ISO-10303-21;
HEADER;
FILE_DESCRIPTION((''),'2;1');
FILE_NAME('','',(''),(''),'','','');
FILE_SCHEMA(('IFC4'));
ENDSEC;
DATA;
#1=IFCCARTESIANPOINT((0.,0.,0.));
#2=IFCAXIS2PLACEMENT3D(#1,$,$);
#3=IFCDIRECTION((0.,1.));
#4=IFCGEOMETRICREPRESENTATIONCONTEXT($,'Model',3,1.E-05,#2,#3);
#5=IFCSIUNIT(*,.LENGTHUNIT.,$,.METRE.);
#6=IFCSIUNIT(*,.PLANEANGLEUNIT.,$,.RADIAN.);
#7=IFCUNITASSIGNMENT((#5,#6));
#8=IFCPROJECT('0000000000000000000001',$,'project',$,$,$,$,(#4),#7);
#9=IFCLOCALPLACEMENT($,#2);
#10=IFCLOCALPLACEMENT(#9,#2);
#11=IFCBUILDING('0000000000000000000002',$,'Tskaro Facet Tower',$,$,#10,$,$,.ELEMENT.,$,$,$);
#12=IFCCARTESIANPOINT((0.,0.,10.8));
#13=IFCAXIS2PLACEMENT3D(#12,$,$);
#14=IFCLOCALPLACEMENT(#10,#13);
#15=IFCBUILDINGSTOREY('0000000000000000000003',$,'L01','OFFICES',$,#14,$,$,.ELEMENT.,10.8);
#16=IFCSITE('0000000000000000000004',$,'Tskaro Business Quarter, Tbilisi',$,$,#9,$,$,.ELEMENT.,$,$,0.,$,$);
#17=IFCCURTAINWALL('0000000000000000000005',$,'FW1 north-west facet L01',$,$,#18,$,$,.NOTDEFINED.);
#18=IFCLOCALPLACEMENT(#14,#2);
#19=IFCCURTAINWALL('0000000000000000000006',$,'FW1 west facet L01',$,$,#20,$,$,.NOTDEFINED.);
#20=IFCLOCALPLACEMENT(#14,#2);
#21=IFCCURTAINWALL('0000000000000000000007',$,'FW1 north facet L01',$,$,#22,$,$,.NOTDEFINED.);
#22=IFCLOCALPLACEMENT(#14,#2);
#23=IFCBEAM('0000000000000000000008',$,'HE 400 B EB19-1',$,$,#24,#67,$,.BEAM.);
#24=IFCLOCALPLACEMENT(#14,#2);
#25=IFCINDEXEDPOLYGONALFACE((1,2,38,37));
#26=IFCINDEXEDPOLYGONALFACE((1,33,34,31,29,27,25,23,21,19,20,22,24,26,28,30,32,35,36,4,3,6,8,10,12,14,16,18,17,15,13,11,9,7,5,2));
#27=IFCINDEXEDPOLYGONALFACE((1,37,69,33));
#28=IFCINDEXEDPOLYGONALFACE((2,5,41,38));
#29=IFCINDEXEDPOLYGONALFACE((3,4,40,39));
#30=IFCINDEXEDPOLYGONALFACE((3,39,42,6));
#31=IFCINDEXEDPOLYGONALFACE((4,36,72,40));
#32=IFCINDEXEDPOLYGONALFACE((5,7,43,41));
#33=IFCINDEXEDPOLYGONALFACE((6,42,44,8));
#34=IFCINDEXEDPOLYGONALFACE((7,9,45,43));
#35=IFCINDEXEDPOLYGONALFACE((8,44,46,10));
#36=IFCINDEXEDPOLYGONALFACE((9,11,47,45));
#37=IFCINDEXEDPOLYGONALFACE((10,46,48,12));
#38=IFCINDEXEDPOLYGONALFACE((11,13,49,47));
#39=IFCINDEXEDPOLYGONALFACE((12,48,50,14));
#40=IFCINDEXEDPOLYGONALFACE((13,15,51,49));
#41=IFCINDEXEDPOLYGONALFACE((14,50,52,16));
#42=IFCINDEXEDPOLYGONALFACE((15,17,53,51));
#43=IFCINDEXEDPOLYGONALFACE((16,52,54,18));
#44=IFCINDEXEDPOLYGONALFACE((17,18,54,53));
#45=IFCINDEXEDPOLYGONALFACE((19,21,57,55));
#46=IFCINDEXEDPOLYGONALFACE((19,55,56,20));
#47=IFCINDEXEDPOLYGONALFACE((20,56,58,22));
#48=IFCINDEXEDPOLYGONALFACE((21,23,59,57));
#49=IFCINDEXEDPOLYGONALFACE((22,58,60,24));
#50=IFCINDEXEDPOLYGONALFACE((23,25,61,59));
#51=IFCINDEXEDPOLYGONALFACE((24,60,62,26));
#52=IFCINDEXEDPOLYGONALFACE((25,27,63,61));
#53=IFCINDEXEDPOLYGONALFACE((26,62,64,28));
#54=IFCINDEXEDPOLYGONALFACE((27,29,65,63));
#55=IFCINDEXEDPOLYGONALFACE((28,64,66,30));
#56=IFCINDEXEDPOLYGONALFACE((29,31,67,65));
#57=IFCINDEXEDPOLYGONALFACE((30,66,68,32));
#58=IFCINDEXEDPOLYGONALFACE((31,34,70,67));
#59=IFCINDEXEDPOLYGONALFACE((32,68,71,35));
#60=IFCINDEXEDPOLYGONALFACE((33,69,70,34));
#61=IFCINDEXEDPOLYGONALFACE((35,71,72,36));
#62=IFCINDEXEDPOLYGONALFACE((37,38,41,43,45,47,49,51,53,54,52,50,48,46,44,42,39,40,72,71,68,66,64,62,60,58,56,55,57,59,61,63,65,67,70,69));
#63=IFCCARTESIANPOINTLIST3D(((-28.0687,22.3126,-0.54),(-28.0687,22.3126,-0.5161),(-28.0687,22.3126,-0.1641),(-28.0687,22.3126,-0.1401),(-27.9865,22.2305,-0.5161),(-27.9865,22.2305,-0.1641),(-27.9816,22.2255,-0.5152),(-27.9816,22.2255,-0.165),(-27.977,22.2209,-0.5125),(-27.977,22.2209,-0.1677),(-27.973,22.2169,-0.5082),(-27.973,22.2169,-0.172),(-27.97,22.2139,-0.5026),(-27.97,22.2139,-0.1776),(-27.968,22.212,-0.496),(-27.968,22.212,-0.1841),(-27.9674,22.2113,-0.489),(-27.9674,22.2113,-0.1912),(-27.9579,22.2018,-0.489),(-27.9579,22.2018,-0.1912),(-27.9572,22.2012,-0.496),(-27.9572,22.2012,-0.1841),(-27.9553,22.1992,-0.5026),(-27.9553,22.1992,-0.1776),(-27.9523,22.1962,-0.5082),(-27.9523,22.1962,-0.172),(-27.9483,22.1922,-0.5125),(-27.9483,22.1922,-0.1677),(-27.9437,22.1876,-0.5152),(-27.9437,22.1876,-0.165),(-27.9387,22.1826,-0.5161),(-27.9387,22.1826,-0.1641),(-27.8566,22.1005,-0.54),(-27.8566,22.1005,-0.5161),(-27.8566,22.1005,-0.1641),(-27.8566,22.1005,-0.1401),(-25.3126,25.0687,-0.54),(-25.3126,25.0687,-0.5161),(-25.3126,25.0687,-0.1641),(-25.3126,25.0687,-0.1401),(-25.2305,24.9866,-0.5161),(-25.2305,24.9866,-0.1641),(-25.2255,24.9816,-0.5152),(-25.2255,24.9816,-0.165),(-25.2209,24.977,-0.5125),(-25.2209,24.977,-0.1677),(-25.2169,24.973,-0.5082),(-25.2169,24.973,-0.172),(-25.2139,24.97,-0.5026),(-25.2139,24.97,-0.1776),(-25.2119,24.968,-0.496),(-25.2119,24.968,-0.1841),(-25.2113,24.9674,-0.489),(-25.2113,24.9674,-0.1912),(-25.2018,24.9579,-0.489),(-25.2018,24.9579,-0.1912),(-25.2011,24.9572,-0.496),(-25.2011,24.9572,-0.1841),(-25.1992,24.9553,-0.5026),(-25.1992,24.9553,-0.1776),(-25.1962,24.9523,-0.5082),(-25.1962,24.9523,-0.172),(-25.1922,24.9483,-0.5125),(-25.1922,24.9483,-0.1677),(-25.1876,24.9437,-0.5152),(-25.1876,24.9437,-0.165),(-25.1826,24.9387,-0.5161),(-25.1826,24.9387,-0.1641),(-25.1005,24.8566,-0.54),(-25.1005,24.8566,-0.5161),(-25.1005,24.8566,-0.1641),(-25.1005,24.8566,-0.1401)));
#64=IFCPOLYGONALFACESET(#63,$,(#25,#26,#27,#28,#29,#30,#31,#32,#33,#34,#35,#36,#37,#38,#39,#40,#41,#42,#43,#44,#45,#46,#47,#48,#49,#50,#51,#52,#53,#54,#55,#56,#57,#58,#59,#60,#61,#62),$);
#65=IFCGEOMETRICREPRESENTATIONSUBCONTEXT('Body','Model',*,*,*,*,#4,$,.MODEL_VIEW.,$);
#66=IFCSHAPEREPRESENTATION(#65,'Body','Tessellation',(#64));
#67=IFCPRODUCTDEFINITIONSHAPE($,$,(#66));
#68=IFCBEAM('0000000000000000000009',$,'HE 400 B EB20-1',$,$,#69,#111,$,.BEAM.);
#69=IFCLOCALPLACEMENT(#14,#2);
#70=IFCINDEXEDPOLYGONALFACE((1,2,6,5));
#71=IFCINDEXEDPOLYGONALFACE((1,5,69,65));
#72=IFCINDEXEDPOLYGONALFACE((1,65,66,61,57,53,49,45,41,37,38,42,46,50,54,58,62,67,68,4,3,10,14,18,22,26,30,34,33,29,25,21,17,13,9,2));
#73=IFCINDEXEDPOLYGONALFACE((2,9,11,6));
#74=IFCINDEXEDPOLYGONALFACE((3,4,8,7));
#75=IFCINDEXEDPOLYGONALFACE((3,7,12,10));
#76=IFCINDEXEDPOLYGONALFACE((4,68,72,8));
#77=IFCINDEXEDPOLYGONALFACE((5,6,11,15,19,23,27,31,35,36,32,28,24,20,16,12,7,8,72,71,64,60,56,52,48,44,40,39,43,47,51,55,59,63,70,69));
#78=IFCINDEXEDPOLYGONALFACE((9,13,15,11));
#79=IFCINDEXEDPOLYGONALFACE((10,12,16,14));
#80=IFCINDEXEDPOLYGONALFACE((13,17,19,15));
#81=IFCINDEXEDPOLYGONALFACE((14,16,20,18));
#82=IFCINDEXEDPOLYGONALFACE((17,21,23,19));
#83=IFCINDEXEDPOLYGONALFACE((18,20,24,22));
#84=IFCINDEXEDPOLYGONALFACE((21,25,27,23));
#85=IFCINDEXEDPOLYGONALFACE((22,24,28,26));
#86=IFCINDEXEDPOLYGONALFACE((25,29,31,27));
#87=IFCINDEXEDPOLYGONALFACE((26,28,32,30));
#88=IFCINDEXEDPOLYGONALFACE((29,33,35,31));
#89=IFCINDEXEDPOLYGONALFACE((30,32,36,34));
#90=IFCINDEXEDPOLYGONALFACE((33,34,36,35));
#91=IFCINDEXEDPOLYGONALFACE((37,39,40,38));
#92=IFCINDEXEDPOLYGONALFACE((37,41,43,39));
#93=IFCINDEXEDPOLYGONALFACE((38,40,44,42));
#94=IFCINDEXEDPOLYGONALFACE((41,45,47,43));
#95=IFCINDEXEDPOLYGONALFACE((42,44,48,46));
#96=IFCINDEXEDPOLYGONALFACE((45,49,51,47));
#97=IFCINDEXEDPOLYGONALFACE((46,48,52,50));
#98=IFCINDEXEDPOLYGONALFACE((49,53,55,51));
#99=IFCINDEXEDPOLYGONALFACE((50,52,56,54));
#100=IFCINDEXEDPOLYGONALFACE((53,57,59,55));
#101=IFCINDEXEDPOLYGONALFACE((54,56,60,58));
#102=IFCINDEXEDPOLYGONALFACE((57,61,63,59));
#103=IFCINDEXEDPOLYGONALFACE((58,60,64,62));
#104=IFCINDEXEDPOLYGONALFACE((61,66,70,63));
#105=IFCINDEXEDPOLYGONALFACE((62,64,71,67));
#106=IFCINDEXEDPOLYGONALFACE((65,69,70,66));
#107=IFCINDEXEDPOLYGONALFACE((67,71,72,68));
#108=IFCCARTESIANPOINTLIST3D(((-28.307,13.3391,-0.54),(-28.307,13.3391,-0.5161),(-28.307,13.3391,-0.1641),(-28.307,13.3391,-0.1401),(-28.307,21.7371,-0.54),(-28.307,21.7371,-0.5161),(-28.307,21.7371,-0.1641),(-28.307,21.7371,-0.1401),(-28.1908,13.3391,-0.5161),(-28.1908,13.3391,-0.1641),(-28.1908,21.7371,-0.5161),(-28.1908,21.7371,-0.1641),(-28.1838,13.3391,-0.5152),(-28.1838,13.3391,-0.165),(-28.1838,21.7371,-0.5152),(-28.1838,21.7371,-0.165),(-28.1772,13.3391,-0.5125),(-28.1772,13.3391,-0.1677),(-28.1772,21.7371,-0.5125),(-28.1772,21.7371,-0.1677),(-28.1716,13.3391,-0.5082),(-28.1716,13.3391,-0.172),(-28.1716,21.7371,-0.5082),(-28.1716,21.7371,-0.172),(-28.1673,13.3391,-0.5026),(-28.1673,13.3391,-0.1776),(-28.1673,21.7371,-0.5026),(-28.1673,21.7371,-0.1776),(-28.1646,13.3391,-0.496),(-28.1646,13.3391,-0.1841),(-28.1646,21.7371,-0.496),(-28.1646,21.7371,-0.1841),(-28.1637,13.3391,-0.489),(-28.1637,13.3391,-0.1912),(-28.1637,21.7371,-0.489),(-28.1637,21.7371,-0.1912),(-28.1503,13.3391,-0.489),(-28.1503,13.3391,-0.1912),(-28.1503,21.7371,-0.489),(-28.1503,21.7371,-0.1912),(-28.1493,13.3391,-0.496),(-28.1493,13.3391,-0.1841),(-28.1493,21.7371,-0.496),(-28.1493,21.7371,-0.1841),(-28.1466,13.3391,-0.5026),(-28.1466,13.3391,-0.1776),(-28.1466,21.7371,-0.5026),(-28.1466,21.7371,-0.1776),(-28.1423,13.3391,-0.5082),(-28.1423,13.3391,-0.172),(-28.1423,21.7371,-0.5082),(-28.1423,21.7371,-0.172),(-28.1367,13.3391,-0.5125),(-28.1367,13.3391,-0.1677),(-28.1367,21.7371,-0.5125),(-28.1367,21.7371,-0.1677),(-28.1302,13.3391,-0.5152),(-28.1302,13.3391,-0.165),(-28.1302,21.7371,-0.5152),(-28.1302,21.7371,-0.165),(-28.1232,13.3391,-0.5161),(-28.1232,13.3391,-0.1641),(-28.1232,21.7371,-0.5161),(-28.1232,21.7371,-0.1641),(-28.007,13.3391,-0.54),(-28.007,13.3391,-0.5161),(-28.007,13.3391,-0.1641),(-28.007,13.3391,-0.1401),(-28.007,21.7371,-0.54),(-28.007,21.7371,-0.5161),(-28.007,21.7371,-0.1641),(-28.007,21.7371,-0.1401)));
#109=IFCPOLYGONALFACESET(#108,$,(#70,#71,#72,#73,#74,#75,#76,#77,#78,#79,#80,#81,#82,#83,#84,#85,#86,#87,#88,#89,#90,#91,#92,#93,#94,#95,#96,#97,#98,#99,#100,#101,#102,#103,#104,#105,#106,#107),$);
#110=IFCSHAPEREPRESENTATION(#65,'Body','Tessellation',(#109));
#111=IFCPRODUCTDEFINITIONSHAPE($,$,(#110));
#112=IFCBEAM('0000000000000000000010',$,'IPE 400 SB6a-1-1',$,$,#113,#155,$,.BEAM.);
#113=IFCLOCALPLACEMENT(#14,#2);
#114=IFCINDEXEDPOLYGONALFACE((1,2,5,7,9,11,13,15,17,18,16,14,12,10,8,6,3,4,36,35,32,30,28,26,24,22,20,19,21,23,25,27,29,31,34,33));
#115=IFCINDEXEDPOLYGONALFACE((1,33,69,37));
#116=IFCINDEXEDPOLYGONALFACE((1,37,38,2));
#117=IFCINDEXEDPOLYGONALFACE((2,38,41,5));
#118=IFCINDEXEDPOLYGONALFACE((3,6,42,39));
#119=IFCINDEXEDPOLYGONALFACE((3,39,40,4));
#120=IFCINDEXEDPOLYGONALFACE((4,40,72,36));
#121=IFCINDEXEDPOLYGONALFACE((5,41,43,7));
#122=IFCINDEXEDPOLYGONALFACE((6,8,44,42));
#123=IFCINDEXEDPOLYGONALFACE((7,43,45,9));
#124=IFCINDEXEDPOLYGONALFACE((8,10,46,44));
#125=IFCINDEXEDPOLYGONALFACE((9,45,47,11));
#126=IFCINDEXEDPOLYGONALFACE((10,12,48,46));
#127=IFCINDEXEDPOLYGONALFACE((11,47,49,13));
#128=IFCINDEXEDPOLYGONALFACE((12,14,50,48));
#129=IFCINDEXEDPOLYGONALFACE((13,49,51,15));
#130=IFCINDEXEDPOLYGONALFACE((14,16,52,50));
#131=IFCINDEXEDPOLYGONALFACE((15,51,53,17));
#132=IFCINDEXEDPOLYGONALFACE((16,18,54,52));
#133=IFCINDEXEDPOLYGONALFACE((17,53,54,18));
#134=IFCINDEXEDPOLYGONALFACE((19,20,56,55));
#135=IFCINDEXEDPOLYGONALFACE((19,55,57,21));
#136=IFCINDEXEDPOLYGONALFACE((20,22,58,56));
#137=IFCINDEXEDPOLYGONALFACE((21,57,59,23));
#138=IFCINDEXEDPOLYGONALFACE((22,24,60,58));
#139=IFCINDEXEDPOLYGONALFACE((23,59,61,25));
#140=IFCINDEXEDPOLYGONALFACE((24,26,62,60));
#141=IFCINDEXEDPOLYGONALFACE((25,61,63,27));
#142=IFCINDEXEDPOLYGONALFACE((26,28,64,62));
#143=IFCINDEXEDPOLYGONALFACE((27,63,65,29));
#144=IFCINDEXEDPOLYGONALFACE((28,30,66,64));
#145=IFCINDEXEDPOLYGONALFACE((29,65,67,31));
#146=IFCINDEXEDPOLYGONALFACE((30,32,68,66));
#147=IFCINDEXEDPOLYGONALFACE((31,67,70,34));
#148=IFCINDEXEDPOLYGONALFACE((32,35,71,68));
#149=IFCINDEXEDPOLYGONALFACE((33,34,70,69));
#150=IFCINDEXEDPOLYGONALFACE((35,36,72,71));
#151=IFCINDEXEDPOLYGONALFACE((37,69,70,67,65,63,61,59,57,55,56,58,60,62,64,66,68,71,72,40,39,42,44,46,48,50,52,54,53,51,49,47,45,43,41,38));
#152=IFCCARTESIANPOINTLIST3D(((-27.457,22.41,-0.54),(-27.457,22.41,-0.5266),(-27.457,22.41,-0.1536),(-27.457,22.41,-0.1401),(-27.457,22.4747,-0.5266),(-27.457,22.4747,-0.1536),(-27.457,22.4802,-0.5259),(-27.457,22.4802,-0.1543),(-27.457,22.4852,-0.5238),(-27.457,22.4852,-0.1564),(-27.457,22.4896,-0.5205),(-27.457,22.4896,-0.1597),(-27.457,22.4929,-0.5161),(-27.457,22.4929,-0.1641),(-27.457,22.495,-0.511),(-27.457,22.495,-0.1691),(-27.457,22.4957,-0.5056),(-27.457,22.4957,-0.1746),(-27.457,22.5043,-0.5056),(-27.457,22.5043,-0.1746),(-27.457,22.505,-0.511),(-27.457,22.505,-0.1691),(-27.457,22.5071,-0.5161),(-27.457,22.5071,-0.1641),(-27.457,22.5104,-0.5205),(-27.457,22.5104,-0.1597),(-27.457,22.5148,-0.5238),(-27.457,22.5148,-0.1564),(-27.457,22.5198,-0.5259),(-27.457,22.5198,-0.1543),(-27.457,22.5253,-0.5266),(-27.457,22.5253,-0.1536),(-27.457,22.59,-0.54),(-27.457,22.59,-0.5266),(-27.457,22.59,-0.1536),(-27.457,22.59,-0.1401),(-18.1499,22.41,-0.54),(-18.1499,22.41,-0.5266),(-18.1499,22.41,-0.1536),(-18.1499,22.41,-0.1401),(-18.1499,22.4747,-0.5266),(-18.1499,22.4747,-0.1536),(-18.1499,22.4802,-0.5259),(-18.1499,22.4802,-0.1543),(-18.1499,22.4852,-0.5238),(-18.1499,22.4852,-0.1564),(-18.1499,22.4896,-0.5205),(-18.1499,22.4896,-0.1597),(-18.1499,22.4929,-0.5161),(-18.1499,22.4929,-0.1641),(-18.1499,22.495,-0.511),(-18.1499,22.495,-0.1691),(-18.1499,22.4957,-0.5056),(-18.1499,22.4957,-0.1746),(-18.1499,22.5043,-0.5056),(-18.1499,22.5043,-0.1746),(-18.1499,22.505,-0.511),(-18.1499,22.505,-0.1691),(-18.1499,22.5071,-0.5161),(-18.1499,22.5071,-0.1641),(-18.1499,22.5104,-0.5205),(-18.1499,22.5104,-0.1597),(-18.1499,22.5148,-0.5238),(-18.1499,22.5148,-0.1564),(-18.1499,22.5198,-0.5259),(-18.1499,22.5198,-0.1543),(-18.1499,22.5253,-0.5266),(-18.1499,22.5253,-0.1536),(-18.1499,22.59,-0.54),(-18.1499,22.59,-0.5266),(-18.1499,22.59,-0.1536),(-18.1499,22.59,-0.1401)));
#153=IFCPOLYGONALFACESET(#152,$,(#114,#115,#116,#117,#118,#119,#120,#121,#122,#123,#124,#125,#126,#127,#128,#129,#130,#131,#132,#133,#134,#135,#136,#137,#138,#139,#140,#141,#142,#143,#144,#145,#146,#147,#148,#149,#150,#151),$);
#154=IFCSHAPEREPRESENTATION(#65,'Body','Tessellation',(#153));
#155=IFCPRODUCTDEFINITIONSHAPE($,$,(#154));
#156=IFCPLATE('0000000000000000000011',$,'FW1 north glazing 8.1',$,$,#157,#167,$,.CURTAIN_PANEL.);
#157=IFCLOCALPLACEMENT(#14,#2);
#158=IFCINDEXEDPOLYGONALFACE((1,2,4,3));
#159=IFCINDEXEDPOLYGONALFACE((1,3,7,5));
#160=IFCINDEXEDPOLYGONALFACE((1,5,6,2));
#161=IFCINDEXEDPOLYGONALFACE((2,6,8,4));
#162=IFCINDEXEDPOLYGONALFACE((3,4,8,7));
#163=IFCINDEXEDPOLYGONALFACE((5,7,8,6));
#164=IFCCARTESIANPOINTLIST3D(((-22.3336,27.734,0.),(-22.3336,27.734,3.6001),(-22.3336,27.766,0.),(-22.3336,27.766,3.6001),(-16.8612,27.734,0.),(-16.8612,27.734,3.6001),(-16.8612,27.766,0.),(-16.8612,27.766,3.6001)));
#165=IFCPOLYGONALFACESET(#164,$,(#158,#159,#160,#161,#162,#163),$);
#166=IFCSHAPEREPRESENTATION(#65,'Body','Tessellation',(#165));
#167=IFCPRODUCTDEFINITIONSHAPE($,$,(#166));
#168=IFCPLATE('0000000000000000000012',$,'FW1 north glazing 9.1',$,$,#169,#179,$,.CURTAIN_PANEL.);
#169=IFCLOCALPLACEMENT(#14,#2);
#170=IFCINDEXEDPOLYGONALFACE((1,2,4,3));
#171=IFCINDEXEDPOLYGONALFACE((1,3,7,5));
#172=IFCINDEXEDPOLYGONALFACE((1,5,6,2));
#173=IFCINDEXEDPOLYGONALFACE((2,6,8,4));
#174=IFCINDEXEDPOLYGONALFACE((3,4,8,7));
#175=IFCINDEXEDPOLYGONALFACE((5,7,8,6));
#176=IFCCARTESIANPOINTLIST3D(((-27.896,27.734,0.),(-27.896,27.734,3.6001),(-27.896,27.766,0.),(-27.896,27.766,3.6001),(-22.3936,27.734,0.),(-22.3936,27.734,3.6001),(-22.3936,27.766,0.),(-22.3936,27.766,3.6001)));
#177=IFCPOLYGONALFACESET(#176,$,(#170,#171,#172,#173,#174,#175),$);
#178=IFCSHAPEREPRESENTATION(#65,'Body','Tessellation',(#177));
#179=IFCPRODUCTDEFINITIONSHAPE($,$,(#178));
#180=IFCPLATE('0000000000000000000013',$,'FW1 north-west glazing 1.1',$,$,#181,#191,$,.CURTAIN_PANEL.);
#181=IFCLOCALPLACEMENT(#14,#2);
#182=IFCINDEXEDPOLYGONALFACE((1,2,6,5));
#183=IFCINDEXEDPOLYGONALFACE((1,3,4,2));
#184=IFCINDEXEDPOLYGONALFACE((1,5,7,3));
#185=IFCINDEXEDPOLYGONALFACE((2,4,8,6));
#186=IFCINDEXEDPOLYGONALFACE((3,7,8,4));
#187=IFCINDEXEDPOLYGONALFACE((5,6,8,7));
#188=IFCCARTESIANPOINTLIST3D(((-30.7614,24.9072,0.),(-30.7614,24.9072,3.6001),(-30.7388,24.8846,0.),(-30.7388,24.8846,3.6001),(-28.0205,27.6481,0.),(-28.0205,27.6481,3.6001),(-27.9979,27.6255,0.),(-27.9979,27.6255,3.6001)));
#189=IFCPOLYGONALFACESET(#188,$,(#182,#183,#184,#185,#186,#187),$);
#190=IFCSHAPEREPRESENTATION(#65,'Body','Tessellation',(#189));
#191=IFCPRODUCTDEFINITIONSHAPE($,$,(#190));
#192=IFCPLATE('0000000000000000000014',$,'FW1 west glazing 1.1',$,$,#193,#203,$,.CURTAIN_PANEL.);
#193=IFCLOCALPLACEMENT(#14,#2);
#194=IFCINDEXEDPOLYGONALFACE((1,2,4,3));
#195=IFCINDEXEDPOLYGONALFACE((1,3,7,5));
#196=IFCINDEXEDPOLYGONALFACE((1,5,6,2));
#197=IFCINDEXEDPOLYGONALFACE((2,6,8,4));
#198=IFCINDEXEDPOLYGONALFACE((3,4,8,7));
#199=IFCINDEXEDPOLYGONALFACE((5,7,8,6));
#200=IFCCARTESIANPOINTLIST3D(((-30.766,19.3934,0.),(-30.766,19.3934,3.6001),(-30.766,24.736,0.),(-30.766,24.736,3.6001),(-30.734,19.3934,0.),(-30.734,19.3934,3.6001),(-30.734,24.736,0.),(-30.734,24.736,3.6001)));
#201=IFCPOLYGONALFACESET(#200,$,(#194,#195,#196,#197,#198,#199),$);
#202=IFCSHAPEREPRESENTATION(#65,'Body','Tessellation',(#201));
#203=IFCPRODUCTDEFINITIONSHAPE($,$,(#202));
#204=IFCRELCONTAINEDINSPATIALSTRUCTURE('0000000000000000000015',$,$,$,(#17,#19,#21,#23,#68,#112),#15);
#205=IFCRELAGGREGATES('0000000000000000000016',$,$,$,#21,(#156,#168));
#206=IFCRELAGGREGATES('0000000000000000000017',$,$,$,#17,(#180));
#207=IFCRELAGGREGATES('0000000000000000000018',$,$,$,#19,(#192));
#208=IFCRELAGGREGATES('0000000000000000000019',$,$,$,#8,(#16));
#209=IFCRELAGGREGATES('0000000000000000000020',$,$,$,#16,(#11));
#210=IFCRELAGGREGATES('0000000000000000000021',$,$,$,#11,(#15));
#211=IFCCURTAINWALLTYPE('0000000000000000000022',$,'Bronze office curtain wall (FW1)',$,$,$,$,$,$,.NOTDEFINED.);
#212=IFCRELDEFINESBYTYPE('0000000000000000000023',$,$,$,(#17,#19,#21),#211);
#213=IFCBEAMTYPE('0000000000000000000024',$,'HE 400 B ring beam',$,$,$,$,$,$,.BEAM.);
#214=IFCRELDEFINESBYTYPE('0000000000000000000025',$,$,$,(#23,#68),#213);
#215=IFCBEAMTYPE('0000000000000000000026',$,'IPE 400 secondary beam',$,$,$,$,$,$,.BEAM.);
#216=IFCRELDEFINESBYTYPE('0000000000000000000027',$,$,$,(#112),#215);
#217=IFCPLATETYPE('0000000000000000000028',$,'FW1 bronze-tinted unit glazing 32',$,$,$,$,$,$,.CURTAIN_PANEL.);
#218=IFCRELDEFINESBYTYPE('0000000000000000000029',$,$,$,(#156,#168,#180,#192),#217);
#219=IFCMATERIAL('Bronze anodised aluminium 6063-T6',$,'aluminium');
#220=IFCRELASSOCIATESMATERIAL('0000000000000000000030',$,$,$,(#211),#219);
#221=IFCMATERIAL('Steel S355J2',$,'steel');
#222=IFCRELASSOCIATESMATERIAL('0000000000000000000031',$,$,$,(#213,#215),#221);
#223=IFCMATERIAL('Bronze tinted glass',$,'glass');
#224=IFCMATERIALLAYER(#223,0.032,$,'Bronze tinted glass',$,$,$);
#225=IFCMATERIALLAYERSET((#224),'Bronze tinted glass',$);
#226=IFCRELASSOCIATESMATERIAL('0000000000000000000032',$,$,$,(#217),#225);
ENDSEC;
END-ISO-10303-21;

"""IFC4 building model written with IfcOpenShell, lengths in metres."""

from ifc_helpers import new_model, si_unit, direction, frame, origin, origin_2d, place, context, subcontext, project, spatial, rectangle, i_section, extrude, material, layer, layer_set, material_profile, profile_set, type_object, element, aggregate, save


model = new_model("IFC4")

# Units and contexts
model_context = context("Model", 3, precision=1e-05, world=origin(), true_north=direction((0.0, 1.0)))
body_context = subcontext(model_context, "Body", "Model", "MODEL_VIEW")
ifc_project = project(units=[si_unit("LENGTHUNIT", "METRE"), si_unit("PLANEANGLEUNIT", "RADIAN")], contexts=[model_context])

# Site, building, storey
site_placement = place(None, origin())
site = spatial("IfcSite", under=ifc_project, at=site_placement, Name="Tskaro Business Quarter, Tbilisi", CompositionType="ELEMENT", RefElevation=0.0)
building_placement = place(site_placement, origin())
building = spatial("IfcBuilding", under=site, at=building_placement, Name="Tskaro Facet Tower", CompositionType="ELEMENT")
storey_placement = place(building_placement, frame((0.0, 0.0, 10.8)))
storey = spatial("IfcBuildingStorey", under=building, at=storey_placement, Name="L01", Description="OFFICES", CompositionType="ELEMENT", Elevation=10.8)

# Curtain walls
ifc_material_1 = material(Name="Bronze anodised aluminium 6063-T6", Category="aluminium")
curtain_wall_type = type_object("IfcCurtainWallType", Name="Bronze office curtain wall (FW1)", PredefinedType="NOTDEFINED", material=ifc_material_1)
curtain_wall_1_placement = place(storey_placement, origin())
curtain_wall_1 = element("IfcCurtainWall", 1, at=curtain_wall_1_placement, inside=storey, type_object=curtain_wall_type, Name="FW1 north-west facet L01", PredefinedType="NOTDEFINED")
curtain_wall_2_placement = place(storey_placement, origin())
curtain_wall_2 = element("IfcCurtainWall", 2, at=curtain_wall_2_placement, inside=storey, type_object=curtain_wall_type, Name="FW1 west facet L01", PredefinedType="NOTDEFINED")
curtain_wall_3_placement = place(storey_placement, origin())
curtain_wall_3 = element("IfcCurtainWall", 3, at=curtain_wall_3_placement, inside=storey, type_object=curtain_wall_type, Name="FW1 north facet L01", PredefinedType="NOTDEFINED")

# Beams
ifc_material_2 = material(Name="Steel S355J2", Category="steel")
ifc_material_profile_1 = material_profile(ifc_material_2, i_section(OverallWidth=0.3, OverallDepth=0.3999, WebThickness=0.0134, FlangeThickness=0.0239, FilletRadius=0.0271, at=origin_2d()), Name="HE 400 B")
ifc_profile_set_1 = profile_set([ifc_material_profile_1], Name="Steel S355J2")
beam_type_1 = type_object("IfcBeamType", Name="HE 400 B ring beam", PredefinedType="BEAM", material=ifc_profile_set_1)
beam_1_placement = place(storey_placement, frame((-25.2065, 24.9626, -0.3401), z_axis=(-0.707107, -0.707107, 0.0), x_axis=(0.707107, -0.707107, 0.0)))
element("IfcBeam", 4, at=beam_1_placement, inside=storey, type_object=beam_type_1, Name="HE 400 B EB19-1", PredefinedType="BEAM", context=body_context, shape_type="SweptSolid", body=[
    extrude(i_section(OverallWidth=0.3, OverallDepth=0.3999, WebThickness=0.0134, FlangeThickness=0.0239, FilletRadius=0.0271, at=origin_2d()), origin(), (0.0, 0.0, 1.0), 3.8977),
])
beam_2_placement = place(storey_placement, frame((-28.157, 21.7371, -0.3401), z_axis=(0.0, -1.0, 0.0), x_axis=(1.0, 0.0, 0.0)))
element("IfcBeam", 5, at=beam_2_placement, inside=storey, type_object=beam_type_1, Name="HE 400 B EB20-1", PredefinedType="BEAM", context=body_context, shape_type="SweptSolid", body=[
    extrude(i_section(OverallWidth=0.3, OverallDepth=0.3999, WebThickness=0.0134, FlangeThickness=0.0239, FilletRadius=0.0271, at=origin_2d()), origin(), (0.0, 0.0, 1.0), 8.3979),
])
ifc_material_profile_2 = material_profile(ifc_material_2, i_section(OverallWidth=0.1799, OverallDepth=0.3999, WebThickness=0.0085, FlangeThickness=0.0134, FilletRadius=0.021, at=origin_2d()), Name="IPE 400")
ifc_profile_set_2 = profile_set([ifc_material_profile_2], Name="Steel S355J2")
beam_type_2 = type_object("IfcBeamType", Name="IPE 400 secondary beam", PredefinedType="BEAM", material=ifc_profile_set_2)
beam_3_placement = place(storey_placement, frame((-27.457, 22.5, -0.3401), z_axis=(1.0, 0.0, 0.0), x_axis=(0.0, 1.0, 0.0)))
element("IfcBeam", 6, at=beam_3_placement, inside=storey, type_object=beam_type_2, Name="IPE 400 SB6a-1-1", PredefinedType="BEAM", context=body_context, shape_type="SweptSolid", body=[
    extrude(i_section(OverallWidth=0.1799, OverallDepth=0.3999, WebThickness=0.0085, FlangeThickness=0.0134, FilletRadius=0.021, at=origin_2d()), origin(), (0.0, 0.0, 1.0), 9.3071),
])

# Plates
ifc_material_3 = material(Name="Bronze tinted glass", Category="glass")
ifc_layer_1 = layer(ifc_material_3, 0.032, Name="Bronze tinted glass")
ifc_layer_set_1 = layer_set([ifc_layer_1], Name="Bronze tinted glass")
plate_type = type_object("IfcPlateType", Name="FW1 bronze-tinted unit glazing 32", PredefinedType="CURTAIN_PANEL", material=ifc_layer_set_1)
plate_1_placement = place(storey_placement, frame((-19.5974, 27.75, 0.0), z_axis=(0.0, 0.0, 1.0), x_axis=(-1.0, 0.0, 0.0)))
plate_1 = element("IfcPlate", 7, at=plate_1_placement, type_object=plate_type, Name="FW1 north glazing 8.1", PredefinedType="CURTAIN_PANEL", context=body_context, shape_type="SweptSolid", body=[
    extrude(rectangle(XDim=5.4724, YDim=0.032, at=origin_2d()), origin(), (0.0, 0.0, 1.0), 3.6001),
])
plate_2_placement = place(storey_placement, frame((-25.1448, 27.75, 0.0), z_axis=(0.0, 0.0, 1.0), x_axis=(-1.0, 0.0, 0.0)))
plate_2 = element("IfcPlate", 8, at=plate_2_placement, type_object=plate_type, Name="FW1 north glazing 9.1", PredefinedType="CURTAIN_PANEL", context=body_context, shape_type="SweptSolid", body=[
    extrude(rectangle(XDim=5.5024, YDim=0.032, at=origin_2d()), origin(), (0.0, 0.0, 1.0), 3.6001),
])
aggregate(curtain_wall_3, [plate_1, plate_2])
plate_3_placement = place(storey_placement, frame((-29.3796, 26.2664, 0.0), z_axis=(0.0, 0.0, 1.0), x_axis=(-0.707107, -0.707107, 0.0)))
plate_3 = element("IfcPlate", 9, at=plate_3_placement, type_object=plate_type, Name="FW1 north-west glazing 1.1", PredefinedType="CURTAIN_PANEL", context=body_context, shape_type="SweptSolid", body=[
    extrude(rectangle(XDim=3.8762, YDim=0.032, at=origin_2d()), origin(), (0.0, 0.0, 1.0), 3.6001),
])
aggregate(curtain_wall_1, [plate_3])
plate_4_placement = place(storey_placement, frame((-30.75, 22.0647, 0.0), z_axis=(0.0, 0.0, 1.0), x_axis=(0.0, -1.0, 0.0)))
plate_4 = element("IfcPlate", 10, at=plate_4_placement, type_object=plate_type, Name="FW1 west glazing 1.1", PredefinedType="CURTAIN_PANEL", context=body_context, shape_type="SweptSolid", body=[
    extrude(rectangle(XDim=5.3425, YDim=0.032, at=origin_2d()), origin(), (0.0, 0.0, 1.0), 3.6001),
])
aggregate(curtain_wall_2, [plate_4])

save(model, "model.ifc")
